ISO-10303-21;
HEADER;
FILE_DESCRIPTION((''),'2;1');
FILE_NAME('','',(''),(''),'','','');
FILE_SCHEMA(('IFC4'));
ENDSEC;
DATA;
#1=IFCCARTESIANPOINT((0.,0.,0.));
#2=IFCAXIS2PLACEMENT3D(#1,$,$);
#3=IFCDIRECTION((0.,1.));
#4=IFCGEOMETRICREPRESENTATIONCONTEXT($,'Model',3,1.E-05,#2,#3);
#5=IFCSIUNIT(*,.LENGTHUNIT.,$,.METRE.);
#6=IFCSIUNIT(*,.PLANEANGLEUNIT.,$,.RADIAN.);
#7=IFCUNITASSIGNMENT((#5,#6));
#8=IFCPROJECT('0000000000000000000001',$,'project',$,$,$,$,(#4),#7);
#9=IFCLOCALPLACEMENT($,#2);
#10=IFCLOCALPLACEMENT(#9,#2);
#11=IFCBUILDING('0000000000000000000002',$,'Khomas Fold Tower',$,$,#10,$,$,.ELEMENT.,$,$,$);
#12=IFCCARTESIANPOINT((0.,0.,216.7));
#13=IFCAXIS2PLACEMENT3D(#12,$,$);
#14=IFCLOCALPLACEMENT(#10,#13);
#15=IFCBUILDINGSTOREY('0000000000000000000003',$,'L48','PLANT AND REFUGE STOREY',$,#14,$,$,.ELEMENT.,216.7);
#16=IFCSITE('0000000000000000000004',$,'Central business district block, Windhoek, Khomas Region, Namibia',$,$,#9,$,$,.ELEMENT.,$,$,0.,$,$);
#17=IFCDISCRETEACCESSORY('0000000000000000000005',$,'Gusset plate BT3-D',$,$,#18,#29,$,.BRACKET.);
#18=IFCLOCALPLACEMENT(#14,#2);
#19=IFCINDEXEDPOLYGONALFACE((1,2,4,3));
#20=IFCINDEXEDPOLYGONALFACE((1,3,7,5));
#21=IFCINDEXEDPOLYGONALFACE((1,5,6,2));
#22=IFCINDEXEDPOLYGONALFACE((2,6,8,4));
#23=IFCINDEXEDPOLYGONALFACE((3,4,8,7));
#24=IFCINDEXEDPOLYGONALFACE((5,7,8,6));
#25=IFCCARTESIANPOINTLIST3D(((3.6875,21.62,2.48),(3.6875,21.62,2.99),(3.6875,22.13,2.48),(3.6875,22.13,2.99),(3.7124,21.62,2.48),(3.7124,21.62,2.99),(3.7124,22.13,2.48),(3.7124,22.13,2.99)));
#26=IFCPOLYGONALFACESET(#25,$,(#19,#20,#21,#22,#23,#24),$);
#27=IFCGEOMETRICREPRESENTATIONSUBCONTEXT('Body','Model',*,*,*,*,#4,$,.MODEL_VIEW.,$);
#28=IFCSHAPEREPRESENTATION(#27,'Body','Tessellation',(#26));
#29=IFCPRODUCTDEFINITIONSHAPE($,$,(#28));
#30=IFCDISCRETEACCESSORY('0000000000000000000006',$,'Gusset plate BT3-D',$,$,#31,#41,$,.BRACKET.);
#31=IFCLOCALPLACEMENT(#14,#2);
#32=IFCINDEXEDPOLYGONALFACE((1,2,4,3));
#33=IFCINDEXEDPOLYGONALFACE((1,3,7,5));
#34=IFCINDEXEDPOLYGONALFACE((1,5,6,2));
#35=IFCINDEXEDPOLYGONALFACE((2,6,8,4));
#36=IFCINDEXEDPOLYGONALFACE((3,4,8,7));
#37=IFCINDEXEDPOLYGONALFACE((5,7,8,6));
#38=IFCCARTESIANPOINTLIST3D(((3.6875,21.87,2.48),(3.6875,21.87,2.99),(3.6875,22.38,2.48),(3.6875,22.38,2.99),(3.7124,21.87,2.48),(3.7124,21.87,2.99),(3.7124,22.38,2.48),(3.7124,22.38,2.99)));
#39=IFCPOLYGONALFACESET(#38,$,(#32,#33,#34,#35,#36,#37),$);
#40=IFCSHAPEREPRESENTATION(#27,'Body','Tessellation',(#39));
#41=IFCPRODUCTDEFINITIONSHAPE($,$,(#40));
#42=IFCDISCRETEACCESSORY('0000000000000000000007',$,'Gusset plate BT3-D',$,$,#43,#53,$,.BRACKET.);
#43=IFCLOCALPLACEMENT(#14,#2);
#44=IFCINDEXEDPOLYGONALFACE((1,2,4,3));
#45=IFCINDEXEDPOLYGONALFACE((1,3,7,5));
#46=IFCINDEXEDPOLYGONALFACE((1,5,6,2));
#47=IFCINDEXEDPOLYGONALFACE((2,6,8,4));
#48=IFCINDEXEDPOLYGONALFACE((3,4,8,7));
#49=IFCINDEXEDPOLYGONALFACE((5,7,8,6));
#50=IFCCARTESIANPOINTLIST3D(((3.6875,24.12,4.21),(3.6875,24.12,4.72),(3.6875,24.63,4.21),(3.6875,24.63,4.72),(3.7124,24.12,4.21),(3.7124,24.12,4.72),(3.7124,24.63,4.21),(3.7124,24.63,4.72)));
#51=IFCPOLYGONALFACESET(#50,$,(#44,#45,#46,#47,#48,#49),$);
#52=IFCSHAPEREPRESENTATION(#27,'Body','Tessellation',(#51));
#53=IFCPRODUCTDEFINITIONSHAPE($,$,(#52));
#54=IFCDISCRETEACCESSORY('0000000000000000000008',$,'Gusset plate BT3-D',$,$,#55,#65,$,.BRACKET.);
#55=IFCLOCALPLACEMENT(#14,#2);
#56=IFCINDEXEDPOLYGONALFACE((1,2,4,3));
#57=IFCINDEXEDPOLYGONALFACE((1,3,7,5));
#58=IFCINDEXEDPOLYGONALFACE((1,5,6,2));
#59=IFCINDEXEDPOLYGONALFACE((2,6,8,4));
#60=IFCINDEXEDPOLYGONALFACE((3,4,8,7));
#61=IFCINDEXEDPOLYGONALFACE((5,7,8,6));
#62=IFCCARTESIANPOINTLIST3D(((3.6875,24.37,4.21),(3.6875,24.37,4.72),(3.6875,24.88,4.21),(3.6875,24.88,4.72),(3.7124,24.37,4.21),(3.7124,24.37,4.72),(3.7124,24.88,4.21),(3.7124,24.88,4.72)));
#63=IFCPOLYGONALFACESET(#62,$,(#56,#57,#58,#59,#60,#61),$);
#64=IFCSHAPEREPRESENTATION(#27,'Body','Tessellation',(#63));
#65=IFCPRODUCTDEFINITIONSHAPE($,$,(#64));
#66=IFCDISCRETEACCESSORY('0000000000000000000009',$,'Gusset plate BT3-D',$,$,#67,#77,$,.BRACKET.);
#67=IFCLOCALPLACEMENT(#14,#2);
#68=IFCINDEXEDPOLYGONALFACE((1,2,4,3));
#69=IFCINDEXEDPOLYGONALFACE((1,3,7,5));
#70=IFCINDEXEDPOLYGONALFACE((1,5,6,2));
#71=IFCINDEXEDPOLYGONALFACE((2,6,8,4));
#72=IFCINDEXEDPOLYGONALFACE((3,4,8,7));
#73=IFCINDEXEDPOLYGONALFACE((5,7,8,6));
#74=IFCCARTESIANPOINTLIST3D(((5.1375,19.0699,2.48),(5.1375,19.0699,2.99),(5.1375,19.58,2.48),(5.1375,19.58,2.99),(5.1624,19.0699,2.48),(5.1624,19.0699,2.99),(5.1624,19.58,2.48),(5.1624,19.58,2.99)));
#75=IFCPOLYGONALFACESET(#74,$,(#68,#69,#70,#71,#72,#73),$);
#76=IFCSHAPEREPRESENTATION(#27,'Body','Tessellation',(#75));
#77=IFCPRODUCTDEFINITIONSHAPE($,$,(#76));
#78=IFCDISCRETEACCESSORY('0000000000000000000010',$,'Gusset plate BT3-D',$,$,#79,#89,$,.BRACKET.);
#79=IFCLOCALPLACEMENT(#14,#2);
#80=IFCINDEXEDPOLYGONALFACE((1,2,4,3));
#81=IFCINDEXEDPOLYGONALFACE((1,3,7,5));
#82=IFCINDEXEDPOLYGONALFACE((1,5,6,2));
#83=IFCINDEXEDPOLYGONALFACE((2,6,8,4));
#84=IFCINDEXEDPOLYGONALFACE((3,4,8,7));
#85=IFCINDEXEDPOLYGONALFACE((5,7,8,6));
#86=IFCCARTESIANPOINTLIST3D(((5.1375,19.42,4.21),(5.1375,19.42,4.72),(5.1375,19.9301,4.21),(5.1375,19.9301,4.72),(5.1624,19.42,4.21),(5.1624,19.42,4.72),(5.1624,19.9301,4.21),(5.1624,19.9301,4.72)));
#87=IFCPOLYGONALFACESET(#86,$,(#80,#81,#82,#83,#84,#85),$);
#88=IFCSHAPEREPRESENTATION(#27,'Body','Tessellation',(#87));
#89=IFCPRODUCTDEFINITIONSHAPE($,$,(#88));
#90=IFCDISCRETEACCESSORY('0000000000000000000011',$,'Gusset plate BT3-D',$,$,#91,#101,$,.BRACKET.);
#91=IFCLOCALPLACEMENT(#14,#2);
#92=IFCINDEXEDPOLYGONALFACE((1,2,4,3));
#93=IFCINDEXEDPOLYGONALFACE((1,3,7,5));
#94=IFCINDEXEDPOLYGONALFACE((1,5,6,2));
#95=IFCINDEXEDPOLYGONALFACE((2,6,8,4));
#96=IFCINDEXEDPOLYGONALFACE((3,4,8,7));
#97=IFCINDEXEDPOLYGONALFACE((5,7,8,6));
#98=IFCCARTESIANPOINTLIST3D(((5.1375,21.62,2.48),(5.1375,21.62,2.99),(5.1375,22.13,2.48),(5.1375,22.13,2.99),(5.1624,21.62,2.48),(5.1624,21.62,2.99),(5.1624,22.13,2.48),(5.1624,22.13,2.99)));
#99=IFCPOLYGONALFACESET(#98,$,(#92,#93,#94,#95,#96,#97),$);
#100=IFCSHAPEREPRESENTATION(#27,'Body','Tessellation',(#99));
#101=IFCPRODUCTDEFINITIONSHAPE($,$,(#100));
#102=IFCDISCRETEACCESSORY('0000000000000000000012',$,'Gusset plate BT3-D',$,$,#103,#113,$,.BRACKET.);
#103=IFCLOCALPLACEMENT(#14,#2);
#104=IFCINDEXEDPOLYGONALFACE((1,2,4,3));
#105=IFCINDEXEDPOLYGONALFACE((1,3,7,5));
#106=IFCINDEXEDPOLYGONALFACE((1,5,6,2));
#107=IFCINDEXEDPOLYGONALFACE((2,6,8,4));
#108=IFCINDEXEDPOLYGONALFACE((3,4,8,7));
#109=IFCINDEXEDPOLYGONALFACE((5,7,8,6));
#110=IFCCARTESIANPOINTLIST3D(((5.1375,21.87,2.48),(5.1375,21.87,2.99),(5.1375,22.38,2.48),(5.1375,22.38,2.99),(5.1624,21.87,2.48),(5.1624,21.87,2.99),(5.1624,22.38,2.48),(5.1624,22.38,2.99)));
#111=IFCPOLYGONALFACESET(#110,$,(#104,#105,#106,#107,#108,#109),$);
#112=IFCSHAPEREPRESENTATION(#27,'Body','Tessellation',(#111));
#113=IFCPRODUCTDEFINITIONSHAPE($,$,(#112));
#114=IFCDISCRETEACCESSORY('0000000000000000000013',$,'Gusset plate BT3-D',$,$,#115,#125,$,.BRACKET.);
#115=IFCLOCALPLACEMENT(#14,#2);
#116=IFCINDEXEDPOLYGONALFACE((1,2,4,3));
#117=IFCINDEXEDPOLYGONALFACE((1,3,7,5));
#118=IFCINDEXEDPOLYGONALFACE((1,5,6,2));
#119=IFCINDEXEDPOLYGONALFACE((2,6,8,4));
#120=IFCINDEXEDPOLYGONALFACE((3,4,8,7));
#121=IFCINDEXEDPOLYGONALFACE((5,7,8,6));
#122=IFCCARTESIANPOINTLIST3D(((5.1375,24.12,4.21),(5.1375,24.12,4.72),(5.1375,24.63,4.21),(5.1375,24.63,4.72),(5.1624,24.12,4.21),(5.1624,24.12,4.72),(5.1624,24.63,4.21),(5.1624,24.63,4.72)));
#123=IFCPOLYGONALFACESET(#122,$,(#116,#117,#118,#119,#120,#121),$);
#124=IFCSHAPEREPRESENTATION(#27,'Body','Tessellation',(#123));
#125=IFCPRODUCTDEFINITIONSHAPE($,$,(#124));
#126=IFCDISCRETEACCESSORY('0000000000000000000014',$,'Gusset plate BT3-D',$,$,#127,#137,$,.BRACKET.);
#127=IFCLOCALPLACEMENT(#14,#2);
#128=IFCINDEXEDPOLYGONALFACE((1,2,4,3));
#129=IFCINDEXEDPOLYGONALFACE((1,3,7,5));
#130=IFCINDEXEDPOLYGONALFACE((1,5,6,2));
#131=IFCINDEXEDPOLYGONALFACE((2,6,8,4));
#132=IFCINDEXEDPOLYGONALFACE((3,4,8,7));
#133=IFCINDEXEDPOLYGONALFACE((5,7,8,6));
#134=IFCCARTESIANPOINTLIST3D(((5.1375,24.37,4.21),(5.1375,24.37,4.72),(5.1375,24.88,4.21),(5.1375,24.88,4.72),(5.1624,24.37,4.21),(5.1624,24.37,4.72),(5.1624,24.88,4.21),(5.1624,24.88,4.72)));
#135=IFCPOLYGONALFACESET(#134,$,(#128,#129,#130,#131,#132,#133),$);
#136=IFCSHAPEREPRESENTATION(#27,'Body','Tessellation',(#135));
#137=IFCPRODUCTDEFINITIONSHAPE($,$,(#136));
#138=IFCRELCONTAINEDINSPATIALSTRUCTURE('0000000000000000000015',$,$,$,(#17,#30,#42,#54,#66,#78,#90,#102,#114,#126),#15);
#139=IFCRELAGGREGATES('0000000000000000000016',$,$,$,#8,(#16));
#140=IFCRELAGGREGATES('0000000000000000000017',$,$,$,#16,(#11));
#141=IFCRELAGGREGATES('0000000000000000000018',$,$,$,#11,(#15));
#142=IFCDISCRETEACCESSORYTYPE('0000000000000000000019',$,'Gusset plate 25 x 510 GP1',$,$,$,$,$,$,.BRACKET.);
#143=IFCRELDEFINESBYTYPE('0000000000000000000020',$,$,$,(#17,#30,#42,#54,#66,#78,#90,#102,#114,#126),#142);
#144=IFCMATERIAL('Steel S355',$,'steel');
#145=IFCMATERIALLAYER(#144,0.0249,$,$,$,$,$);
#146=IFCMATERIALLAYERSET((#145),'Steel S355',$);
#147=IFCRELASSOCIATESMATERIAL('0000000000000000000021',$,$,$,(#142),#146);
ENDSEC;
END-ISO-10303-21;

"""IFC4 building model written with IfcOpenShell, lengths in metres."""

from ifc_helpers import new_model, si_unit, direction, frame, origin, origin_2d, place, context, subcontext, project, spatial, rectangle, extrude, source, transform, mapped, material, layer, layer_set, type_object, element, save


model = new_model("IFC4")

# Units and contexts
model_context = context("Model", 3, precision=1e-05, world=origin(), true_north=direction((0.0, 1.0)))
body_context = subcontext(model_context, "Body", "Model", "MODEL_VIEW")
ifc_project = project(units=[si_unit("LENGTHUNIT", "METRE"), si_unit("PLANEANGLEUNIT", "RADIAN")], contexts=[model_context])

# Site, building, storey
site_placement = place(None, origin())
site = spatial("IfcSite", under=ifc_project, at=site_placement, Name="Central business district block, Windhoek, Khomas Region, Namibia", CompositionType="ELEMENT", RefElevation=0.0)
building_placement = place(site_placement, origin())
building = spatial("IfcBuilding", under=site, at=building_placement, Name="Khomas Fold Tower", CompositionType="ELEMENT")
storey_placement = place(building_placement, frame((0.0, 0.0, 216.7)))
storey = spatial("IfcBuildingStorey", under=building, at=storey_placement, Name="L48", Description="PLANT AND REFUGE STOREY", CompositionType="ELEMENT", Elevation=216.7)

# Discrete accessories
ifc_material_1 = material(Name="Steel S355", Category="steel")
ifc_layer_1 = layer(ifc_material_1, 0.0249)
ifc_layer_set_1 = layer_set([ifc_layer_1], Name="Steel S355")
discrete_accessory_type = type_object("IfcDiscreteAccessoryType", Name="Gusset plate 25 x 510 GP1", PredefinedType="BRACKET", material=ifc_layer_set_1)
shared_shape_1 = source(origin(), body_context, "Body", "SweptSolid", [
    extrude(rectangle(XDim=0.51, YDim=0.0249, at=origin_2d()), origin(), (0.0, 0.0, 1.0), 0.51),
])
for number, where, z_axis, x_axis, name in (
    (1, (3.7, 21.875, 2.48), (0.0, 0.0, 1.0), (0.0, 1.0, 0.0), "Gusset plate BT3-D"),
    (2, (3.7, 22.125, 2.48), (0.0, 0.0, 1.0), (0.0, 1.0, 0.0), "Gusset plate BT3-D"),
    (3, (3.7, 24.375, 4.21), (0.0, 0.0, 1.0), (0.0, 1.0, 0.0), "Gusset plate BT3-D"),
    (4, (3.7, 24.625, 4.21), (0.0, 0.0, 1.0), (0.0, 1.0, 0.0), "Gusset plate BT3-D"),
    (5, (5.1499, 19.325, 2.48), (0.0, 0.0, 1.0), (0.0, 1.0, 0.0), "Gusset plate BT3-D"),
    (6, (5.1499, 19.675, 4.21), (0.0, 0.0, 1.0), (0.0, 1.0, 0.0), "Gusset plate BT3-D"),
    (7, (5.1499, 21.875, 2.48), (0.0, 0.0, 1.0), (0.0, 1.0, 0.0), "Gusset plate BT3-D"),
    (8, (5.1499, 22.125, 2.48), (0.0, 0.0, 1.0), (0.0, 1.0, 0.0), "Gusset plate BT3-D"),
    (9, (5.1499, 24.375, 4.21), (0.0, 0.0, 1.0), (0.0, 1.0, 0.0), "Gusset plate BT3-D"),
    (10, (5.1499, 24.625, 4.21), (0.0, 0.0, 1.0), (0.0, 1.0, 0.0), "Gusset plate BT3-D"),
):
    element("IfcDiscreteAccessory", number, at=place(storey_placement, frame(where, z_axis=z_axis, x_axis=x_axis)), inside=storey, type_object=discrete_accessory_type, Name=name, PredefinedType="BRACKET", context=body_context, shape_type="MappedRepresentation", body=[
        mapped(shared_shape_1, transform((0.0, 0.0, 0.0))),
    ])

save(model, "model.ifc")
